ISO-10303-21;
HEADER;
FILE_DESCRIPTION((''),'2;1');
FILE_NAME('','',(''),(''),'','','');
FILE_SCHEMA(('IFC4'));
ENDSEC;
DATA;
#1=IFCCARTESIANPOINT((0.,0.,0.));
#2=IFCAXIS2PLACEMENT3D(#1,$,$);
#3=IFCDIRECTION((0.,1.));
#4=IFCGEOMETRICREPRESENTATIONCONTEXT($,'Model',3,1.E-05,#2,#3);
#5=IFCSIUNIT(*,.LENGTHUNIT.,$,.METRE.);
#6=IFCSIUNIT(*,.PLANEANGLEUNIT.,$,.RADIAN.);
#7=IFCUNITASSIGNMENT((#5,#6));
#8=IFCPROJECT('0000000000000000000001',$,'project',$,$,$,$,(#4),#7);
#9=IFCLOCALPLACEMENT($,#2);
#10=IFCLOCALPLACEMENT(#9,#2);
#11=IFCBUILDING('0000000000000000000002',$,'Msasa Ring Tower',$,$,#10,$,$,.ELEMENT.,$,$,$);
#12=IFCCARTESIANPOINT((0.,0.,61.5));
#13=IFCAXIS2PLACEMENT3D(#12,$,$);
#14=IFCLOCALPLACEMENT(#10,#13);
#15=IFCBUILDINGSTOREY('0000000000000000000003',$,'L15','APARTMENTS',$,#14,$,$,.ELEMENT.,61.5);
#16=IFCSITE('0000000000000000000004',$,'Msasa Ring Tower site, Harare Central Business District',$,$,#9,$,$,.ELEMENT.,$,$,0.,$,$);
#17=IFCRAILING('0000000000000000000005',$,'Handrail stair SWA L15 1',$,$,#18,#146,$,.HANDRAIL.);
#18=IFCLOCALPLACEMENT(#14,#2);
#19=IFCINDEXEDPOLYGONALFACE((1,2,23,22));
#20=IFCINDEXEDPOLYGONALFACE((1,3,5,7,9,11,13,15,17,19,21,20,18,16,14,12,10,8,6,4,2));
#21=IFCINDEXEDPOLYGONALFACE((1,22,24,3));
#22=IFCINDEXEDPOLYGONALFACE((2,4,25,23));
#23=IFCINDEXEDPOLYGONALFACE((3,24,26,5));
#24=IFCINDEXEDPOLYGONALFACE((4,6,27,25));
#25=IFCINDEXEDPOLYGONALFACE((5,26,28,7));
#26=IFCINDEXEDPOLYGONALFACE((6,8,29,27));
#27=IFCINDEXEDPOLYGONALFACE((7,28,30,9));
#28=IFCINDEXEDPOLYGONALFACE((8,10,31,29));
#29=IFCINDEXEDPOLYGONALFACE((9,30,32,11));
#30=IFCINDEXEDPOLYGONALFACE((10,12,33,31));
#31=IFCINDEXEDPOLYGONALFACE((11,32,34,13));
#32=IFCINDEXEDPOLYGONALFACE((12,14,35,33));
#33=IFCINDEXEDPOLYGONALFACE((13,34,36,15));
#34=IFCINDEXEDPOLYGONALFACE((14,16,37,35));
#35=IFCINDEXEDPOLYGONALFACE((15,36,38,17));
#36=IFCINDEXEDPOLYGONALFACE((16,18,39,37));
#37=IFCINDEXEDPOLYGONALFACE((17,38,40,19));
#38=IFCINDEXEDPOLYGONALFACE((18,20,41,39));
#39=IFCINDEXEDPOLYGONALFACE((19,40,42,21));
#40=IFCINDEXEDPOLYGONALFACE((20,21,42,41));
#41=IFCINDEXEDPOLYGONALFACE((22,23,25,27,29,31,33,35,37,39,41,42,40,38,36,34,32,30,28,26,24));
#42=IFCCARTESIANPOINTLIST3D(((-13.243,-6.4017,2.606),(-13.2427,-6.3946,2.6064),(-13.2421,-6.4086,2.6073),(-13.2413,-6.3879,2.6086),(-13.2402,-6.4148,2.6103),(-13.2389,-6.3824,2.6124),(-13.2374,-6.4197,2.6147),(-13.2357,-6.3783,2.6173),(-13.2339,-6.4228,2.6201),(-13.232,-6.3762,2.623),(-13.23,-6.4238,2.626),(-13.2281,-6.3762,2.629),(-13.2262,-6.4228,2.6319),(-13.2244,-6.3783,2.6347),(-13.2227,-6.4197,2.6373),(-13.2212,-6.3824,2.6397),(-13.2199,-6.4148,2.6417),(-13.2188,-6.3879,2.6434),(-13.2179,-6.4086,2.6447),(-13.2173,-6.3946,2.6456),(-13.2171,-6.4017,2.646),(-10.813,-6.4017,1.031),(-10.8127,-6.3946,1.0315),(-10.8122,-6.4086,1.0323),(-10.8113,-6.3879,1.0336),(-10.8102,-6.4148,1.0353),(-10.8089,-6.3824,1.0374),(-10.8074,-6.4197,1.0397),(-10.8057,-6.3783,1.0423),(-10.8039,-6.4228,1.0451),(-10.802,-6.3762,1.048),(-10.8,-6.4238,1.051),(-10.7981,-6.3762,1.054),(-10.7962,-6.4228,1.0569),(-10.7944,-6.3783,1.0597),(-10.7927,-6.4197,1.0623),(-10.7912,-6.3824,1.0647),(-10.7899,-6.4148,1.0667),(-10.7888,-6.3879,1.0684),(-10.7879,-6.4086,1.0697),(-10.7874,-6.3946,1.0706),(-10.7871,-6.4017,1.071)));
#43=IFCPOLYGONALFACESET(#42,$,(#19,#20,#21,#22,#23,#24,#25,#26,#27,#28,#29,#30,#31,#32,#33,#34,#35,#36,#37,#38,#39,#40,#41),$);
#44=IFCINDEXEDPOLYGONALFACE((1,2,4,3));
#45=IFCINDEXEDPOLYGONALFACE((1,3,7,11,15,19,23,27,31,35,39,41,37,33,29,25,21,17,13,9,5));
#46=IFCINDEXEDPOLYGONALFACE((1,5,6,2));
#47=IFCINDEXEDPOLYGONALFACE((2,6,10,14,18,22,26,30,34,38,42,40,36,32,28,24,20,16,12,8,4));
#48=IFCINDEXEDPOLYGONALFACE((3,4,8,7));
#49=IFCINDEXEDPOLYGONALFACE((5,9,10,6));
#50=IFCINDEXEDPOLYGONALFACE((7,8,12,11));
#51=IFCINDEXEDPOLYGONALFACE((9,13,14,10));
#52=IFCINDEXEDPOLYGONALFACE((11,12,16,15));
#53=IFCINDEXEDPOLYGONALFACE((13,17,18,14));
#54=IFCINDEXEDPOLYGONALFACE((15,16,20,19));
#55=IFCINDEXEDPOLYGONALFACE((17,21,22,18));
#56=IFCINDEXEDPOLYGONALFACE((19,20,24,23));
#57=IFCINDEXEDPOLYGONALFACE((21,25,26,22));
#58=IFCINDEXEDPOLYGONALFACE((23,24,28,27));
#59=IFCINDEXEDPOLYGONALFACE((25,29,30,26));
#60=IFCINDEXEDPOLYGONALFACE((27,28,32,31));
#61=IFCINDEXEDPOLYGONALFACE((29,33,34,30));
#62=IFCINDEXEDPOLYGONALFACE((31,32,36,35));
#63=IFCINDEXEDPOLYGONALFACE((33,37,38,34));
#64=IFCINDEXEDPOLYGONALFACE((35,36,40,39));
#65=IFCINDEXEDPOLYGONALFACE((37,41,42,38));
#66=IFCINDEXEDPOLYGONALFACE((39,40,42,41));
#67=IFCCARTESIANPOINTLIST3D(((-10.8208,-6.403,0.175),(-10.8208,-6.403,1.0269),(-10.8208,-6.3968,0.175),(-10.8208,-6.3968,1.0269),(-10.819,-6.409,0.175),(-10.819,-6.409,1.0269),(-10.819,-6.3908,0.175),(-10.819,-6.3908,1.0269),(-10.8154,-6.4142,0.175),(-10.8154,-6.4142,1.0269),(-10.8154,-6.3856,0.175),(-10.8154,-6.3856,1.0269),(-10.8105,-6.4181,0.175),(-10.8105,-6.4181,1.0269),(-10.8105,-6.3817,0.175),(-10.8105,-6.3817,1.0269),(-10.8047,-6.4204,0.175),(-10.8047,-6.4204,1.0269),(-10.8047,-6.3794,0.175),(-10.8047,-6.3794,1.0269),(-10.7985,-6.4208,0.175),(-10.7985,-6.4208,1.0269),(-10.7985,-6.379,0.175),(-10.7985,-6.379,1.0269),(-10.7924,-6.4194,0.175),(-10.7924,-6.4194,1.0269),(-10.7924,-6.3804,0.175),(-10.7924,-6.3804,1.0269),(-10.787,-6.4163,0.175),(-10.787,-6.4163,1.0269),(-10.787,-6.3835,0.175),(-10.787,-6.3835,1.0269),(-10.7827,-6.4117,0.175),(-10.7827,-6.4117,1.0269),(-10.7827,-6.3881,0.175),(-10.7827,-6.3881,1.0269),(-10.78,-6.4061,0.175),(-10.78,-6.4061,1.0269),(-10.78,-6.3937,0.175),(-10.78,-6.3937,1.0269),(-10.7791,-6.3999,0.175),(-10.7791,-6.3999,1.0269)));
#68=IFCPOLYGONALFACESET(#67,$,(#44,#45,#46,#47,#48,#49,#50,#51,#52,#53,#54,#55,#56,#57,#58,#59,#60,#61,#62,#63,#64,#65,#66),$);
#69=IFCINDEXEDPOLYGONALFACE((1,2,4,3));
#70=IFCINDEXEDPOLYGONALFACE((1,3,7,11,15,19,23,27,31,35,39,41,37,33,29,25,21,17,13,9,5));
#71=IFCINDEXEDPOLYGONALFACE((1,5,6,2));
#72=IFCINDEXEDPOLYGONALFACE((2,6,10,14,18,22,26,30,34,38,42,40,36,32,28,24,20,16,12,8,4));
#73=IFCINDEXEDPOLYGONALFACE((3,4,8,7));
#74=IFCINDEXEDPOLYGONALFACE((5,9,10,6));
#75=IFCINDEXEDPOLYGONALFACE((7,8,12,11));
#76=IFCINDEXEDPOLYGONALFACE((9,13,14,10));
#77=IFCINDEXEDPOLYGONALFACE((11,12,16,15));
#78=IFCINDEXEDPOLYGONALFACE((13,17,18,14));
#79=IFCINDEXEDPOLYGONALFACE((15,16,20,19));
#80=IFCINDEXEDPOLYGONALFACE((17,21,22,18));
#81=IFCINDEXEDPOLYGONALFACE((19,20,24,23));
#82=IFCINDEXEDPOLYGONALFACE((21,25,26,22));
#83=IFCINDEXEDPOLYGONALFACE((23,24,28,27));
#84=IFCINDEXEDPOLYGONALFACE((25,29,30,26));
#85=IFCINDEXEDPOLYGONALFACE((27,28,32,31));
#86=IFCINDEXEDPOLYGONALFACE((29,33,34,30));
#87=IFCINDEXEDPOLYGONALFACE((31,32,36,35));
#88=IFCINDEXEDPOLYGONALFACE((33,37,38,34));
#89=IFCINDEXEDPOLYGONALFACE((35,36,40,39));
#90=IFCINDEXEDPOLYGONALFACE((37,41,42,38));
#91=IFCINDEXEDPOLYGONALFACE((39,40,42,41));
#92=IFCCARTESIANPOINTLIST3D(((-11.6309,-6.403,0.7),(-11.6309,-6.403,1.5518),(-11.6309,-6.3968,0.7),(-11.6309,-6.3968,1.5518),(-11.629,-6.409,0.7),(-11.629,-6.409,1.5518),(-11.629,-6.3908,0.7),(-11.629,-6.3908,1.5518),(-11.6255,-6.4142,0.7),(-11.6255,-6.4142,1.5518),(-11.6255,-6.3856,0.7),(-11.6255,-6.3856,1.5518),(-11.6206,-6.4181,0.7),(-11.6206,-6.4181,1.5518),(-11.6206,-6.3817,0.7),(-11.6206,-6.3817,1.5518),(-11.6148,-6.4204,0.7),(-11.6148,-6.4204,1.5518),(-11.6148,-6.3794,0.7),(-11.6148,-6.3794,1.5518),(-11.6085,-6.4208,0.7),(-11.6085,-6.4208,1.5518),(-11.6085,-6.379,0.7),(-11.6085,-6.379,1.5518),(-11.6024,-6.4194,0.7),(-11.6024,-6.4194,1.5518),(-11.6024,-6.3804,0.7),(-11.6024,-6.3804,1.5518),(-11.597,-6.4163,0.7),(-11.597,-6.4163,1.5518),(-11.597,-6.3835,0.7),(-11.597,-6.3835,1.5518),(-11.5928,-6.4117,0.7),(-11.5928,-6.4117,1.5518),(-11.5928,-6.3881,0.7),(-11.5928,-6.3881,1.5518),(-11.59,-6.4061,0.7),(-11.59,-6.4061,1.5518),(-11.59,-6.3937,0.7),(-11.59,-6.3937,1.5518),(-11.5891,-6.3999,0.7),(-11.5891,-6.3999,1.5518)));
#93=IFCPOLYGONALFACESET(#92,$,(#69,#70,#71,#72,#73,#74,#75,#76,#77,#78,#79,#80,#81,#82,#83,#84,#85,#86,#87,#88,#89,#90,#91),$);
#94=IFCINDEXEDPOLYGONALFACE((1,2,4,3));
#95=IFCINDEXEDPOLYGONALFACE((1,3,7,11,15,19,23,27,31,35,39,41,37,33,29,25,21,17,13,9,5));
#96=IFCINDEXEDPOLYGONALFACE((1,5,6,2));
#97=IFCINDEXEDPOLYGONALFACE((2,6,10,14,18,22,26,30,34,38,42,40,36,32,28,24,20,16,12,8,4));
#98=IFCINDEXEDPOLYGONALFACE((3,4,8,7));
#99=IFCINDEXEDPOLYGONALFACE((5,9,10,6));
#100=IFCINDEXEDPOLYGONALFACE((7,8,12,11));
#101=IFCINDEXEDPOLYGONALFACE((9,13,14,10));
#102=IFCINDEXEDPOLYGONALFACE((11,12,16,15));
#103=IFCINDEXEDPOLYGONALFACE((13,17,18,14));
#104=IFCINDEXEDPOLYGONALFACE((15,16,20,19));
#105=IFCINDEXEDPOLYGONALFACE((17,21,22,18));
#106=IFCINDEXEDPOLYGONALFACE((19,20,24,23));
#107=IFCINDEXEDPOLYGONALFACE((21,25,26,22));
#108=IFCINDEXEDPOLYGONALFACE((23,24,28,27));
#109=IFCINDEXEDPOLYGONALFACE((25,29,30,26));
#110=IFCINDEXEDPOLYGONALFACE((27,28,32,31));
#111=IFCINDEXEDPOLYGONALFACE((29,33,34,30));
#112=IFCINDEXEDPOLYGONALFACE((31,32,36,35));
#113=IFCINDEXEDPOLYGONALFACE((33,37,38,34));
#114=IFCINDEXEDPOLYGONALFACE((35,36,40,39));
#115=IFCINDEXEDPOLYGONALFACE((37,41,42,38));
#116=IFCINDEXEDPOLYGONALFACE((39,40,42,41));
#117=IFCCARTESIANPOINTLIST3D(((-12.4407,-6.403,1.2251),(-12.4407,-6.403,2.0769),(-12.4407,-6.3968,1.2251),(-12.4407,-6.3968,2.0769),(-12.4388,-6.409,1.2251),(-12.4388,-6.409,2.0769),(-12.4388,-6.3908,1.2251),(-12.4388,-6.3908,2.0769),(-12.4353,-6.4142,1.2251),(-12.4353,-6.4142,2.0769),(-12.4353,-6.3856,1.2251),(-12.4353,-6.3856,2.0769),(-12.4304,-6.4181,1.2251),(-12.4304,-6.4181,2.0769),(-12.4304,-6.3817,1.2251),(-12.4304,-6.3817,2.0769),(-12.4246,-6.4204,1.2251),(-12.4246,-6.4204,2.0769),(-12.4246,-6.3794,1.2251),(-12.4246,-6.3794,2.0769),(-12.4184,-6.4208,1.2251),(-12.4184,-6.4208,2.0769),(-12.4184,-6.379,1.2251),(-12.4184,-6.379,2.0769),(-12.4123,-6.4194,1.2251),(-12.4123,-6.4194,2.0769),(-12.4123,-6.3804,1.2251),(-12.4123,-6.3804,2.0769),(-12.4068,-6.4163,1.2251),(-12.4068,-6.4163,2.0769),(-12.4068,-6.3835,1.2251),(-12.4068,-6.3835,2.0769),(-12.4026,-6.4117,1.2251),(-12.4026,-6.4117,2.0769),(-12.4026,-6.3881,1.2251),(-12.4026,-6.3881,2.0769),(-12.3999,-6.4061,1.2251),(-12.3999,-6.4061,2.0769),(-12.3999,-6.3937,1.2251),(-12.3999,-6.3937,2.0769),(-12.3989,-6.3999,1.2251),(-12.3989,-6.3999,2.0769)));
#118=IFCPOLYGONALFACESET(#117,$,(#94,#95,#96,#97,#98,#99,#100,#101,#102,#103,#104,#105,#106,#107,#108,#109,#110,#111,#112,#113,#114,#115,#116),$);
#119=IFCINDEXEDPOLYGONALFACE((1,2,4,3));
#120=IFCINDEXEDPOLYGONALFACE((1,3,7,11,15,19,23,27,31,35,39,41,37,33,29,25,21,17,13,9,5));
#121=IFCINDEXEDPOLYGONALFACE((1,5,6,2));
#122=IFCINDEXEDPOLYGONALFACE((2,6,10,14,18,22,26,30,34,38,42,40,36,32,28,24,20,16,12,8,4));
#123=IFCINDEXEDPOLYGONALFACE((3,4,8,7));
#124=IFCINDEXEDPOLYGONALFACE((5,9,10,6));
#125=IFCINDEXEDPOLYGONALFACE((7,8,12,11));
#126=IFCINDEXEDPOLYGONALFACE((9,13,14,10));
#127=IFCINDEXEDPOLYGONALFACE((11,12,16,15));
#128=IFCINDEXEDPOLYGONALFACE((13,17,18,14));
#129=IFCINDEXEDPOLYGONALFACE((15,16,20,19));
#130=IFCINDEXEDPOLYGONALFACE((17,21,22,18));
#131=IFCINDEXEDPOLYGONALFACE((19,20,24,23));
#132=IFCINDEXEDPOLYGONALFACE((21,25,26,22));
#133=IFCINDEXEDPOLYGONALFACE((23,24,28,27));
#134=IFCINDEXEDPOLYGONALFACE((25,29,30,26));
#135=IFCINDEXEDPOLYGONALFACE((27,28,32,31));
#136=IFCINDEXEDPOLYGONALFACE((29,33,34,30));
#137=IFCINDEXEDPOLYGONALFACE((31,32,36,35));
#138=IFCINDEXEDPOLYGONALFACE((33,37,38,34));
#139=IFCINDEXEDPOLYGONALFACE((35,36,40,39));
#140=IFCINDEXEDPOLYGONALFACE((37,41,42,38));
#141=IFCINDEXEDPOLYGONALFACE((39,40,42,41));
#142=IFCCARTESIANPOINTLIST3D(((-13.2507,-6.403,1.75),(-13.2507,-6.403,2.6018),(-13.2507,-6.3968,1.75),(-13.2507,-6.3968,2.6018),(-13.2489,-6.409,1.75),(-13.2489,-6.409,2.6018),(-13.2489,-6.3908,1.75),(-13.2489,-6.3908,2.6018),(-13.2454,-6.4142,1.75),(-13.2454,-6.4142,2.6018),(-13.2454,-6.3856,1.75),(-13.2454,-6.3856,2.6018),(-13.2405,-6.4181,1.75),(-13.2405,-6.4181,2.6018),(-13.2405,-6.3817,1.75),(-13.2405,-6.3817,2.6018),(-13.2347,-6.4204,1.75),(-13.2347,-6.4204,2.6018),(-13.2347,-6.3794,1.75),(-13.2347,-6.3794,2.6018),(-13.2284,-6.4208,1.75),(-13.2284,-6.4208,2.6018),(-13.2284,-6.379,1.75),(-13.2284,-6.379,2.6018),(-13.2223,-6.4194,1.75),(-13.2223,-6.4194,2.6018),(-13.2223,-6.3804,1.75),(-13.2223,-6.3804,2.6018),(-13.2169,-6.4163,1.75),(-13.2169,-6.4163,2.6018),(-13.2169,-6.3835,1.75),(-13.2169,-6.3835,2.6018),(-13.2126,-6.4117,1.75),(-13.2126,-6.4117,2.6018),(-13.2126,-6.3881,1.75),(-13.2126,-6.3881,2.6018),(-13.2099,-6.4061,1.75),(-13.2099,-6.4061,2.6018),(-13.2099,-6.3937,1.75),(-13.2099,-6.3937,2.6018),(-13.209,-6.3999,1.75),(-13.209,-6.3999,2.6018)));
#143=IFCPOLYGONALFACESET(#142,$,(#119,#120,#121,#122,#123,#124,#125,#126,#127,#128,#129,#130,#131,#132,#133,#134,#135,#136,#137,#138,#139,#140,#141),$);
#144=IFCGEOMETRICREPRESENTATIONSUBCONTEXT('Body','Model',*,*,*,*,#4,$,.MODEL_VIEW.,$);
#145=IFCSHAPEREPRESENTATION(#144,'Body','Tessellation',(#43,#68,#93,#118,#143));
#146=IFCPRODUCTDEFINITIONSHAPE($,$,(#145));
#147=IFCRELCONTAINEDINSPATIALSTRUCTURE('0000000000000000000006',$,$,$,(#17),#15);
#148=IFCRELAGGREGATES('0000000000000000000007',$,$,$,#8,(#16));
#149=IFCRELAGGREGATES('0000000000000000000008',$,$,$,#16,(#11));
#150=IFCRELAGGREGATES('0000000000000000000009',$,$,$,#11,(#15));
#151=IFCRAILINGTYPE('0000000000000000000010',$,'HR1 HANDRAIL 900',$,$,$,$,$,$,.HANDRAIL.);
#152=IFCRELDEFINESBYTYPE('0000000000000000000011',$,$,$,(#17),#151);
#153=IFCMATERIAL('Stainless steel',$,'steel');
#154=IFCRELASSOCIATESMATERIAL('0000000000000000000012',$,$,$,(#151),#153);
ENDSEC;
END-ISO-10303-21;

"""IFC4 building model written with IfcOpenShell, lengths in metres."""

from ifc_helpers import new_model, si_unit, direction, frame, origin, origin_2d, place, context, subcontext, project, spatial, circle, extrude, material, type_object, element, save


model = new_model("IFC4")

# Units and contexts
model_context = context("Model", 3, precision=1e-05, world=origin(), true_north=direction((0.0, 1.0)))
body_context = subcontext(model_context, "Body", "Model", "MODEL_VIEW")
ifc_project = project(units=[si_unit("LENGTHUNIT", "METRE"), si_unit("PLANEANGLEUNIT", "RADIAN")], contexts=[model_context])

# Site, building, storey
site_placement = place(None, origin())
site = spatial("IfcSite", under=ifc_project, at=site_placement, Name="Msasa Ring Tower site, Harare Central Business District", CompositionType="ELEMENT", RefElevation=0.0)
building_placement = place(site_placement, origin())
building = spatial("IfcBuilding", under=site, at=building_placement, Name="Msasa Ring Tower", CompositionType="ELEMENT")
storey_placement = place(building_placement, frame((0.0, 0.0, 61.5)))
storey = spatial("IfcBuildingStorey", under=building, at=storey_placement, Name="L15", Description="APARTMENTS", CompositionType="ELEMENT", Elevation=61.5)

# Railing
ifc_material_1 = material(Name="Stainless steel", Category="steel")
railing_type = type_object("IfcRailingType", Name="HR1 HANDRAIL 900", PredefinedType="HANDRAIL", material=ifc_material_1)
for number, where, name in (
    (1, (-10.8, -6.3999, 0.175), "Handrail stair SWA L15 1"),
):
    element("IfcRailing", number, at=place(storey_placement, frame(where)), inside=storey, type_object=railing_type, Name=name, PredefinedType="HANDRAIL", context=body_context, shape_type="SweptSolid", body=[
        extrude(circle(Radius=0.0239, at=origin_2d()), frame((0.0, 0.0, 0.876), z_axis=(-0.839154, 0.0, 0.543894), x_axis=(0.0, -1.0, 0.0)), (0.0, 0.0, 1.0), 2.8958),
        extrude(circle(Radius=0.021, at=origin_2d()), origin(), (0.0, 0.0, 1.0), 0.8518),
        extrude(circle(Radius=0.021, at=origin_2d()), frame((-0.8101, 0.0, 0.5249)), (0.0, 0.0, 1.0), 0.8518),
        extrude(circle(Radius=0.021, at=origin_2d()), frame((-1.6199, 0.0, 1.05)), (0.0, 0.0, 1.0), 0.8518),
        extrude(circle(Radius=0.021, at=origin_2d()), frame((-2.4299, 0.0, 1.575)), (0.0, 0.0, 1.0), 0.8518),
    ])

save(model, "model.ifc")
